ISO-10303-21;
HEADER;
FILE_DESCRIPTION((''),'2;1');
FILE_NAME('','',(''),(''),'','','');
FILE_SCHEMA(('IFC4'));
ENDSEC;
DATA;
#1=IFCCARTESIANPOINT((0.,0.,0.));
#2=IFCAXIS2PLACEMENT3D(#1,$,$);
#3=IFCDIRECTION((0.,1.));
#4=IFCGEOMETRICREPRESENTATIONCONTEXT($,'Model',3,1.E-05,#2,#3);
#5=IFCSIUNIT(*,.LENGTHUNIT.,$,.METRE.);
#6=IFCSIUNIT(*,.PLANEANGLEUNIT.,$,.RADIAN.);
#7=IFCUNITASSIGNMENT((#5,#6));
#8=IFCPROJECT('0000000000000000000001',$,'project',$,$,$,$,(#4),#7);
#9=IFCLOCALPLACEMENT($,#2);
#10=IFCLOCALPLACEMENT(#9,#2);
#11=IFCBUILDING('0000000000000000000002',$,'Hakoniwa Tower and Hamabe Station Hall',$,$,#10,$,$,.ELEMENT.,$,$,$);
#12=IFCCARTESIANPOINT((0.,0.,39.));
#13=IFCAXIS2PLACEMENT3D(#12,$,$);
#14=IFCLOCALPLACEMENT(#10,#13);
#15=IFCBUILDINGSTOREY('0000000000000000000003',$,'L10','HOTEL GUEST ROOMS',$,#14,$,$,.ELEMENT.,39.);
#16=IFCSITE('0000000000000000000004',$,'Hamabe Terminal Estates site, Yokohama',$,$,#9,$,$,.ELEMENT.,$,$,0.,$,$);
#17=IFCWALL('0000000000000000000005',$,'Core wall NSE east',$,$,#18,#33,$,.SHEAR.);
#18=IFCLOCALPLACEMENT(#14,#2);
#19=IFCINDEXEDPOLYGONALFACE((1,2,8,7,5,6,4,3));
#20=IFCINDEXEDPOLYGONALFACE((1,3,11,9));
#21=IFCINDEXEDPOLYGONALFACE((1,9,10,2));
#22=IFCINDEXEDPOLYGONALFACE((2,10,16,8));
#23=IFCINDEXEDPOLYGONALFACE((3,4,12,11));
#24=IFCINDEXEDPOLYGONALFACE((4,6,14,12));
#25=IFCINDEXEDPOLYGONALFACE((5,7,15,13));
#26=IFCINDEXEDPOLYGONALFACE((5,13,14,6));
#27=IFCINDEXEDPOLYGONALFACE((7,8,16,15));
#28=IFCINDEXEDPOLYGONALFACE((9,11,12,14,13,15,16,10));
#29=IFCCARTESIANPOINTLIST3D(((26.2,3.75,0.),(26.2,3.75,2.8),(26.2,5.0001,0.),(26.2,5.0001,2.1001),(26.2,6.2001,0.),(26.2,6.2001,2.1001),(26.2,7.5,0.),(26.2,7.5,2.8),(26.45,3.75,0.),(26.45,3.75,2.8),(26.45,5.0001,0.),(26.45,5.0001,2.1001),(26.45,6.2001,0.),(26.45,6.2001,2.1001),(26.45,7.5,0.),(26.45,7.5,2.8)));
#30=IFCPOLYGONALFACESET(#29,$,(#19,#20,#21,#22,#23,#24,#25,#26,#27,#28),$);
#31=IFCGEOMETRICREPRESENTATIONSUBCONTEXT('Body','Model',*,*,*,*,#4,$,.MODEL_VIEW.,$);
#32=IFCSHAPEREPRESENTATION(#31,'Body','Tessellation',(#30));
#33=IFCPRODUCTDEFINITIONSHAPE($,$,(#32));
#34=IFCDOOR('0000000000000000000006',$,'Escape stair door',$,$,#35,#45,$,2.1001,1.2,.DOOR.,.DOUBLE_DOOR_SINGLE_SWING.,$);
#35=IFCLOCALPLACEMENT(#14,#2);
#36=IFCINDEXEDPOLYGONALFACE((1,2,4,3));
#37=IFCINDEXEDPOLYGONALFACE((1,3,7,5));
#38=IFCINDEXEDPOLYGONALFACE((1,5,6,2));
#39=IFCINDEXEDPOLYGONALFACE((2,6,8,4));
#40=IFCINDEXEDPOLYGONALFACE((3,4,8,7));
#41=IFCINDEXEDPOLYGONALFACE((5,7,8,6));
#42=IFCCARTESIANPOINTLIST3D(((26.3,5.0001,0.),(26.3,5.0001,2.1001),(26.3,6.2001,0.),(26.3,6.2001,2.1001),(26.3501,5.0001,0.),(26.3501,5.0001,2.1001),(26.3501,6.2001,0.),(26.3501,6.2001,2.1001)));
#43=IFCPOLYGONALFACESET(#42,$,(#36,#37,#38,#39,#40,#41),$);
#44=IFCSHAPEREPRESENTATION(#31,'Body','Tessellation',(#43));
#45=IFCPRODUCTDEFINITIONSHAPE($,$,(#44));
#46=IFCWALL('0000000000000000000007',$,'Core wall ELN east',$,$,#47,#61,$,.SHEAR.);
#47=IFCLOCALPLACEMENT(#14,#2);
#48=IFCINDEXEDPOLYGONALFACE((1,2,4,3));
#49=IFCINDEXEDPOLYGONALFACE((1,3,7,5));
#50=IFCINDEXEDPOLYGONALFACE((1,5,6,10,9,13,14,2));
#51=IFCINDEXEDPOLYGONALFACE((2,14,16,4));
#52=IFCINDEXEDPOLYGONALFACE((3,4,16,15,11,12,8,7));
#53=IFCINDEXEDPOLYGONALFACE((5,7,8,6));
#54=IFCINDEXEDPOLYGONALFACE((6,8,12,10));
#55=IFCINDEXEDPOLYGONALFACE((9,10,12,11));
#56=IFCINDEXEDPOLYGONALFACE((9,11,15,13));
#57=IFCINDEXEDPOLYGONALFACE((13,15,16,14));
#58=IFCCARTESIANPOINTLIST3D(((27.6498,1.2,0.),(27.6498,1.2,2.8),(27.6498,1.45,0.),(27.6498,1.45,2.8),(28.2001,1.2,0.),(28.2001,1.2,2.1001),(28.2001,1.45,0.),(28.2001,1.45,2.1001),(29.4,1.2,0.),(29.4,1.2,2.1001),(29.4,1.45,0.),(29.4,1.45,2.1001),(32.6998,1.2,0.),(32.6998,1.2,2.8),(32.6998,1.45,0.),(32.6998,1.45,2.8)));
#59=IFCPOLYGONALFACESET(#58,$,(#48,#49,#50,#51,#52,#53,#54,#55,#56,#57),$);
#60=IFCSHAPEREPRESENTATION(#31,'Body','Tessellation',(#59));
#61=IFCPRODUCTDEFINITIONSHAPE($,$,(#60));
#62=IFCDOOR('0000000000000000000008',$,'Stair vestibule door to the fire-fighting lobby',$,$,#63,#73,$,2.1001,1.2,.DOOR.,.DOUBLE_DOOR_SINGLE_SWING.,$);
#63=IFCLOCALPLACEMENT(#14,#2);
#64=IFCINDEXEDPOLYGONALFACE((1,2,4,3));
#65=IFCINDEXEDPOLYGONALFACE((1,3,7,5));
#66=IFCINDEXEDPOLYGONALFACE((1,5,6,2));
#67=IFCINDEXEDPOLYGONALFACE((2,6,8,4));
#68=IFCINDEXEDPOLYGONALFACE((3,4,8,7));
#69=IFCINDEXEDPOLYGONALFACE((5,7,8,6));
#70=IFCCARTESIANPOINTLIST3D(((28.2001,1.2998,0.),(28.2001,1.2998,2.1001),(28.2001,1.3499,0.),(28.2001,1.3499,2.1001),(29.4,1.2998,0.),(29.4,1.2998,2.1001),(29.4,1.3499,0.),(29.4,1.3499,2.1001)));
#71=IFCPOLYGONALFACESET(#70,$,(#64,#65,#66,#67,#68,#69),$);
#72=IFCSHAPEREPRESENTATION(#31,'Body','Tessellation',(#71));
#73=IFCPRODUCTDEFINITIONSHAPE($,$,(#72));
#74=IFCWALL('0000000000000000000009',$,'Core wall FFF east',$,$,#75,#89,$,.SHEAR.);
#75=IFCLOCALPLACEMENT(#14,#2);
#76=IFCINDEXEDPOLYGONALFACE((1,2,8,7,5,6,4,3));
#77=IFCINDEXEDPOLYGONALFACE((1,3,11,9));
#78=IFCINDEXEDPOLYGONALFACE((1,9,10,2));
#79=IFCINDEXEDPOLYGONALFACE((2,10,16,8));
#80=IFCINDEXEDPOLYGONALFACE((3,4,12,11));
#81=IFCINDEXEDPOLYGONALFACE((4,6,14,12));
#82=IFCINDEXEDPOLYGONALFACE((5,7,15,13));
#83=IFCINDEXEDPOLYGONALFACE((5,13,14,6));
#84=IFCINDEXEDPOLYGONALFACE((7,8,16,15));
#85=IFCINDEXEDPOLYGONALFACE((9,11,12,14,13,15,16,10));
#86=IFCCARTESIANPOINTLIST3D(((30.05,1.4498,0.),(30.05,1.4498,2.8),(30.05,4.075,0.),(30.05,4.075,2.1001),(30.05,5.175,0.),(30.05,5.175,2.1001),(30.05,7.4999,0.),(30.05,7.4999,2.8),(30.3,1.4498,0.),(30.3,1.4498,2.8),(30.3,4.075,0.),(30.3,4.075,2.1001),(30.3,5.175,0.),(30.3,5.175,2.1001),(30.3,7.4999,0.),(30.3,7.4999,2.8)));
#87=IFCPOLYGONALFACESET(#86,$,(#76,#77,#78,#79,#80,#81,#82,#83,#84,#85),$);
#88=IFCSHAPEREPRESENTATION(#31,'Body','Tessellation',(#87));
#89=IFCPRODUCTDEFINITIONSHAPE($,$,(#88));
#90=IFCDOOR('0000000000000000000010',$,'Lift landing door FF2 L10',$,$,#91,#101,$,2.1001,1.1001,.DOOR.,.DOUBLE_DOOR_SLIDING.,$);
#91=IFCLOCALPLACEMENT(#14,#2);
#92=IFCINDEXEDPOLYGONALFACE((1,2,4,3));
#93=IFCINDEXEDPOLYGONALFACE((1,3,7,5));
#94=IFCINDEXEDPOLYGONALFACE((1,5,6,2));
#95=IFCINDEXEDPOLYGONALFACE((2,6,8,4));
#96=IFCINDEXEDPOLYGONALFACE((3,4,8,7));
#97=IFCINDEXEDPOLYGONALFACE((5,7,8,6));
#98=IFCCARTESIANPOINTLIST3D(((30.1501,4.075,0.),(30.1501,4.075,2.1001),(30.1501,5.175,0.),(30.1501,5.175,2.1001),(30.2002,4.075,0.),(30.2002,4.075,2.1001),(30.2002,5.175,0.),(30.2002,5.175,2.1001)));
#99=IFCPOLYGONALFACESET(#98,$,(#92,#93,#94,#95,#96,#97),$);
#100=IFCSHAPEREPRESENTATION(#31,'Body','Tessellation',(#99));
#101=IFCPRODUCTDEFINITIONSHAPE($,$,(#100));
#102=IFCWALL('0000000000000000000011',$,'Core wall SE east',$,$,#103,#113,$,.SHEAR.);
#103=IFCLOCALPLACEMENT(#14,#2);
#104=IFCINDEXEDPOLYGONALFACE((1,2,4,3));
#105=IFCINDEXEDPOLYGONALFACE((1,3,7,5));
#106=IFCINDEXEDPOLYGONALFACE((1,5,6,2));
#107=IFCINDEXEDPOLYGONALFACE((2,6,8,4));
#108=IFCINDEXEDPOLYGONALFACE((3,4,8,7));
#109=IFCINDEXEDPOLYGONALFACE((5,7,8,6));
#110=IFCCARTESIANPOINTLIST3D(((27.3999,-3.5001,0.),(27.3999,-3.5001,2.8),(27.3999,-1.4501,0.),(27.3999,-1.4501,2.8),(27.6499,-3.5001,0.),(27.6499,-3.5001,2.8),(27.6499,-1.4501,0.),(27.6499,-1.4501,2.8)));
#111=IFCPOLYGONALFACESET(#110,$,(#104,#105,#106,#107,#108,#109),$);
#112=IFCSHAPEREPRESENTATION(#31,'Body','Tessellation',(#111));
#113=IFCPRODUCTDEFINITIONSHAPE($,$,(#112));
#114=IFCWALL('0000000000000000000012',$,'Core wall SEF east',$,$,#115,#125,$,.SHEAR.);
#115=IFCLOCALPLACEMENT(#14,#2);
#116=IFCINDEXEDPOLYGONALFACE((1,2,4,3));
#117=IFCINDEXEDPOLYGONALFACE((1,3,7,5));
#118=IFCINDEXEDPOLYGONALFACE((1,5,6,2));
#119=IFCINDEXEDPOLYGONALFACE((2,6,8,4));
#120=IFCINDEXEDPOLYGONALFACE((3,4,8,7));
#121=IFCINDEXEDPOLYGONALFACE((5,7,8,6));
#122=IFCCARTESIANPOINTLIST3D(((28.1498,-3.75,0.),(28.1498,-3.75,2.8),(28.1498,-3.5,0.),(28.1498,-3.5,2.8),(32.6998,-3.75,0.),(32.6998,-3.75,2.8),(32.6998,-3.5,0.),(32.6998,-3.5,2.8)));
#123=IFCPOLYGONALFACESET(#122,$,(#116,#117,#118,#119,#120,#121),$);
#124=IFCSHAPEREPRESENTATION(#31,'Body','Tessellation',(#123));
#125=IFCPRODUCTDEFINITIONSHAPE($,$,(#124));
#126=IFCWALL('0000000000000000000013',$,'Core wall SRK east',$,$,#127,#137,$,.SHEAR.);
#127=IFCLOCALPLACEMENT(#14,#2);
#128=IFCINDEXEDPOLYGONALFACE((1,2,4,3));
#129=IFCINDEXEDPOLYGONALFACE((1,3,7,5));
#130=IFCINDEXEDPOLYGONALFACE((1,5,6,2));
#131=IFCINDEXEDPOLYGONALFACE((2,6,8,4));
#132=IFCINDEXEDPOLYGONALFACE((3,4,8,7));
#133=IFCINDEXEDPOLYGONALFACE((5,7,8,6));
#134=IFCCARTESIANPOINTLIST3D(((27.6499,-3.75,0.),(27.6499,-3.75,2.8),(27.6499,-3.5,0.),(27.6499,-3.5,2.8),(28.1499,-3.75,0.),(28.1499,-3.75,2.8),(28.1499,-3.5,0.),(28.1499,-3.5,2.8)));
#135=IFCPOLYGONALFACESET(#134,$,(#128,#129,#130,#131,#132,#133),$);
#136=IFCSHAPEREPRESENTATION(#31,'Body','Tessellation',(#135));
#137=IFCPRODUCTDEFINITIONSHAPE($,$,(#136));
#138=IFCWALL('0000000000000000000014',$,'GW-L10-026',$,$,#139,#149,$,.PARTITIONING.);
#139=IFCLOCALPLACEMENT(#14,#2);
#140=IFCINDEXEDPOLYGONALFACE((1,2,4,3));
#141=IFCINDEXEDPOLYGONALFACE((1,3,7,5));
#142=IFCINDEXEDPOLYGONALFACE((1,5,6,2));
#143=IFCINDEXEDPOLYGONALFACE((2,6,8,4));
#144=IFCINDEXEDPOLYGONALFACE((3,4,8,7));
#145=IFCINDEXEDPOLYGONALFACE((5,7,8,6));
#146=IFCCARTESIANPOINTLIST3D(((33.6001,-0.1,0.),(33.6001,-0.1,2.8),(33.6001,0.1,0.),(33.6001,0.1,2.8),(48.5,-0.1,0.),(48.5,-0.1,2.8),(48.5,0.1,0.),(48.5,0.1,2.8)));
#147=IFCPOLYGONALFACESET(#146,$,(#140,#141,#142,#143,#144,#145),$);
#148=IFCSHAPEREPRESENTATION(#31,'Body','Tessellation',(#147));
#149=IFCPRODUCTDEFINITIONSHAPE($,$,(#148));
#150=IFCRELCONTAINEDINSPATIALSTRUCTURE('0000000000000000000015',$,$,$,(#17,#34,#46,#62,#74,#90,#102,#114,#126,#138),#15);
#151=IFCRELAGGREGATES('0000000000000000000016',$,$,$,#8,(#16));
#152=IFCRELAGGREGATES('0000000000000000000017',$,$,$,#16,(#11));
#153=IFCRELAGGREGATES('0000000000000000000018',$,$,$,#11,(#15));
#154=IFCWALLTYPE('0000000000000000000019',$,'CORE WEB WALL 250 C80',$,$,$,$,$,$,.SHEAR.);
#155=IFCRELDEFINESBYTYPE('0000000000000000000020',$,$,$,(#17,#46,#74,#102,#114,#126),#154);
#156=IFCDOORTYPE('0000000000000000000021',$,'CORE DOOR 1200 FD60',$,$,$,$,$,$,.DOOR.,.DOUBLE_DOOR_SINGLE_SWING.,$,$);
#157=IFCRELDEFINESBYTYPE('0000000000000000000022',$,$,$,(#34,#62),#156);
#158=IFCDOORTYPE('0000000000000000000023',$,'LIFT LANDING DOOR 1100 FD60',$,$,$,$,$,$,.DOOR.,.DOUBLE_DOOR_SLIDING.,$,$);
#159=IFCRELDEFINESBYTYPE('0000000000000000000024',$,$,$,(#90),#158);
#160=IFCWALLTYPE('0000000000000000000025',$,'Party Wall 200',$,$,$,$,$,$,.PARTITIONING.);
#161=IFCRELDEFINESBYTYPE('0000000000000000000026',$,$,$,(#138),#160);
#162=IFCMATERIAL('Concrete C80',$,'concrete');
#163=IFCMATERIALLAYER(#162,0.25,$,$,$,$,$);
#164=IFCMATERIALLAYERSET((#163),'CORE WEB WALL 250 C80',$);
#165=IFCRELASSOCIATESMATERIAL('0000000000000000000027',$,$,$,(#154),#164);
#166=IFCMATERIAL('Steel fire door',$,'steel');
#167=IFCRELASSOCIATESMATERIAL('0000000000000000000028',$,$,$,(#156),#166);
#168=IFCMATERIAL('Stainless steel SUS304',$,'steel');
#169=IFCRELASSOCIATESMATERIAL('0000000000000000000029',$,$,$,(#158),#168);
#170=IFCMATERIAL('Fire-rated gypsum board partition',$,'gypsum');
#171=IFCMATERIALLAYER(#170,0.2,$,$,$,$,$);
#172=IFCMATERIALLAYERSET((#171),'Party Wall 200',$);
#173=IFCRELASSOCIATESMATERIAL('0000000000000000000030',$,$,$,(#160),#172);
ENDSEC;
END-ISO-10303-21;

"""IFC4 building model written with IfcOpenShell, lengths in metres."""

from ifc_helpers import new_model, si_unit, direction, frame, frame_2d, origin, place, context, subcontext, project, spatial, rectangle, extrude, material, layer, layer_set, type_object, element, fill, save


model = new_model("IFC4")

# Units and contexts
model_context = context("Model", 3, precision=1e-05, world=origin(), true_north=direction((0.0, 1.0)))
body_context = subcontext(model_context, "Body", "Model", "MODEL_VIEW")
ifc_project = project(units=[si_unit("LENGTHUNIT", "METRE"), si_unit("PLANEANGLEUNIT", "RADIAN")], contexts=[model_context])

# Site, building, storey
site_placement = place(None, origin())
site = spatial("IfcSite", under=ifc_project, at=site_placement, Name="Hamabe Terminal Estates site, Yokohama", CompositionType="ELEMENT", RefElevation=0.0)
building_placement = place(site_placement, origin())
building = spatial("IfcBuilding", under=site, at=building_placement, Name="Hakoniwa Tower and Hamabe Station Hall", CompositionType="ELEMENT")
storey_placement = place(building_placement, frame((0.0, 0.0, 39.0)))
storey = spatial("IfcBuildingStorey", under=building, at=storey_placement, Name="L10", Description="HOTEL GUEST ROOMS", CompositionType="ELEMENT", Elevation=39.0)

# Shared definitions
ifc_material_1 = material(Name="Concrete C80", Category="concrete")
ifc_layer_1 = layer(ifc_material_1, 0.25)
ifc_layer_set_1 = layer_set([ifc_layer_1], Name="CORE WEB WALL 250 C80")
wall_type_1 = type_object("IfcWallType", Name="CORE WEB WALL 250 C80", PredefinedType="SHEAR", material=ifc_layer_set_1)

# Walls, openings, doors
wall_1_placement = place(storey_placement, frame((26.325, 3.75, 0.0), z_axis=(0.0, 0.0, 1.0), x_axis=(0.0, 1.0, 0.0)))
wall_1 = element("IfcWall", 1, at=wall_1_placement, inside=storey, type_object=wall_type_1, Name="Core wall NSE east", PredefinedType="SHEAR", context=body_context, shape_type="SweptSolid", body=[
    extrude(rectangle(XDim=3.75, YDim=0.25, at=frame_2d((1.875, 0.0))), origin(), (0.0, 0.0, 1.0), 2.8),
])
opening_1_placement = place(wall_1_placement, frame((1.25, 0.0, 0.0)))
opening_1 = element("IfcOpeningElement", 2, at=opening_1_placement, cuts=wall_1, PredefinedType="OPENING", context=body_context, shape_type="SweptSolid", body=[
    extrude(rectangle(XDim=1.2, YDim=2.1001, at=frame_2d((0.6001, 1.05))), frame((0.0, 0.135, 0.0), z_axis=(0.0, -1.0, 0.0), x_axis=(1.0, 0.0, 0.0)), (0.0, 0.0, 1.0), 0.27),
])
ifc_material_2 = material(Name="Steel fire door", Category="steel")
door_type_1 = type_object("IfcDoorType", Name="CORE DOOR 1200 FD60", OperationType="DOUBLE_DOOR_SINGLE_SWING", PredefinedType="DOOR", material=ifc_material_2)
door_1_placement = place(opening_1_placement, origin())
door_1 = element("IfcDoor", 3, at=door_1_placement, inside=storey, type_object=door_type_1, Name="Escape stair door", OperationType="DOUBLE_DOOR_SINGLE_SWING", OverallHeight=2.1001, OverallWidth=1.2, PredefinedType="DOOR", context=body_context, shape_type="SweptSolid", body=[
    extrude(rectangle(XDim=1.2, YDim=2.1001, at=frame_2d((0.6001, 1.05))), frame((0.0, 0.0249, 0.0), z_axis=(0.0, -1.0, 0.0), x_axis=(1.0, 0.0, 0.0)), (0.0, 0.0, 1.0), 0.05),
])
fill(opening_1, door_1)
wall_2_placement = place(storey_placement, frame((27.6499, 1.325, 0.0), z_axis=(0.0, 0.0, 1.0), x_axis=(1.0, 0.0, 0.0)))
wall_2 = element("IfcWall", 4, at=wall_2_placement, inside=storey, type_object=wall_type_1, Name="Core wall ELN east", PredefinedType="SHEAR", context=body_context, shape_type="SweptSolid", body=[
    extrude(rectangle(XDim=5.05, YDim=0.25, at=frame_2d((2.5249, 0.0))), origin(), (0.0, 0.0, 1.0), 2.8),
])
opening_2_placement = place(wall_2_placement, frame((0.55, 0.0, 0.0)))
opening_2 = element("IfcOpeningElement", 5, at=opening_2_placement, cuts=wall_2, PredefinedType="OPENING", context=body_context, shape_type="SweptSolid", body=[
    extrude(rectangle(XDim=1.2, YDim=2.1001, at=frame_2d((0.6001, 1.05))), frame((0.0, 0.135, 0.0), z_axis=(0.0, -1.0, 0.0), x_axis=(1.0, 0.0, 0.0)), (0.0, 0.0, 1.0), 0.27),
])
door_2_placement = place(opening_2_placement, origin())
door_2 = element("IfcDoor", 6, at=door_2_placement, inside=storey, type_object=door_type_1, Name="Stair vestibule door to the fire-fighting lobby", OperationType="DOUBLE_DOOR_SINGLE_SWING", OverallHeight=2.1001, OverallWidth=1.2, PredefinedType="DOOR", context=body_context, shape_type="SweptSolid", body=[
    extrude(rectangle(XDim=1.2, YDim=2.1001, at=frame_2d((0.6001, 1.05))), frame((0.0, 0.0249, 0.0), z_axis=(0.0, -1.0, 0.0), x_axis=(1.0, 0.0, 0.0)), (0.0, 0.0, 1.0), 0.05),
])
fill(opening_2, door_2)
wall_3_placement = place(storey_placement, frame((30.175, 1.45, 0.0), z_axis=(0.0, 0.0, 1.0), x_axis=(0.0, 1.0, 0.0)))
wall_3 = element("IfcWall", 7, at=wall_3_placement, inside=storey, type_object=wall_type_1, Name="Core wall FFF east", PredefinedType="SHEAR", context=body_context, shape_type="SweptSolid", body=[
    extrude(rectangle(XDim=6.05, YDim=0.25, at=frame_2d((3.0249, 0.0))), origin(), (0.0, 0.0, 1.0), 2.8),
])
opening_3_placement = place(wall_3_placement, frame((2.625, 0.0, 0.0)))
opening_3 = element("IfcOpeningElement", 8, at=opening_3_placement, cuts=wall_3, PredefinedType="OPENING", context=body_context, shape_type="SweptSolid", body=[
    extrude(rectangle(XDim=1.1001, YDim=2.1001, at=frame_2d((0.55, 1.05))), frame((0.0, 0.135, 0.0), z_axis=(0.0, -1.0, 0.0), x_axis=(1.0, 0.0, 0.0)), (0.0, 0.0, 1.0), 0.27),
])
ifc_material_3 = material(Name="Stainless steel SUS304", Category="steel")
door_type_2 = type_object("IfcDoorType", Name="LIFT LANDING DOOR 1100 FD60", OperationType="DOUBLE_DOOR_SLIDING", PredefinedType="DOOR", material=ifc_material_3)
door_3_placement = place(opening_3_placement, origin())
door_3 = element("IfcDoor", 9, at=door_3_placement, inside=storey, type_object=door_type_2, Name="Lift landing door FF2 L10", OperationType="DOUBLE_DOOR_SLIDING", OverallHeight=2.1001, OverallWidth=1.1001, PredefinedType="DOOR", context=body_context, shape_type="SweptSolid", body=[
    extrude(rectangle(XDim=1.1001, YDim=2.1001, at=frame_2d((0.55, 1.05))), frame((0.0, 0.0249, 0.0), z_axis=(0.0, -1.0, 0.0), x_axis=(1.0, 0.0, 0.0)), (0.0, 0.0, 1.0), 0.05),
])
fill(opening_3, door_3)

# Walls
wall_4_placement = place(storey_placement, frame((27.5249, -3.5, 0.0), z_axis=(0.0, 0.0, 1.0), x_axis=(0.0, 1.0, 0.0)))
element("IfcWall", 10, at=wall_4_placement, inside=storey, type_object=wall_type_1, Name="Core wall SE east", PredefinedType="SHEAR", context=body_context, shape_type="SweptSolid", body=[
    extrude(rectangle(XDim=2.05, YDim=0.25, at=frame_2d((1.0249, 0.0))), origin(), (0.0, 0.0, 1.0), 2.8),
])
wall_5_placement = place(storey_placement, frame((28.1499, -3.625, 0.0), z_axis=(0.0, 0.0, 1.0), x_axis=(1.0, 0.0, 0.0)))
element("IfcWall", 11, at=wall_5_placement, inside=storey, type_object=wall_type_1, Name="Core wall SEF east", PredefinedType="SHEAR", context=body_context, shape_type="SweptSolid", body=[
    extrude(rectangle(XDim=4.55, YDim=0.25, at=frame_2d((2.2749, 0.0))), origin(), (0.0, 0.0, 1.0), 2.8),
])
wall_6_placement = place(storey_placement, frame((27.6499, -3.625, 0.0), z_axis=(0.0, 0.0, 1.0), x_axis=(1.0, 0.0, 0.0)))
element("IfcWall", 12, at=wall_6_placement, inside=storey, type_object=wall_type_1, Name="Core wall SRK east", PredefinedType="SHEAR", context=body_context, shape_type="SweptSolid", body=[
    extrude(rectangle(XDim=0.5, YDim=0.25, at=frame_2d((0.25, 0.0))), origin(), (0.0, 0.0, 1.0), 2.8),
])
ifc_material_4 = material(Name="Fire-rated gypsum board partition", Category="gypsum")
ifc_layer_2 = layer(ifc_material_4, 0.2)
ifc_layer_set_2 = layer_set([ifc_layer_2], Name="Party Wall 200")
wall_type_2 = type_object("IfcWallType", Name="Party Wall 200", PredefinedType="PARTITIONING", material=ifc_layer_set_2)
wall_7_placement = place(storey_placement, frame((33.6001, 0.0, 0.0), z_axis=(0.0, 0.0, 1.0), x_axis=(1.0, 0.0, 0.0)))
element("IfcWall", 13, at=wall_7_placement, inside=storey, type_object=wall_type_2, Name="GW-L10-026", PredefinedType="PARTITIONING", context=body_context, shape_type="SweptSolid", body=[
    extrude(rectangle(XDim=14.8999, YDim=0.2, at=frame_2d((7.45, 0.0))), origin(), (0.0, 0.0, 1.0), 2.8),
])

save(model, "model.ifc")
